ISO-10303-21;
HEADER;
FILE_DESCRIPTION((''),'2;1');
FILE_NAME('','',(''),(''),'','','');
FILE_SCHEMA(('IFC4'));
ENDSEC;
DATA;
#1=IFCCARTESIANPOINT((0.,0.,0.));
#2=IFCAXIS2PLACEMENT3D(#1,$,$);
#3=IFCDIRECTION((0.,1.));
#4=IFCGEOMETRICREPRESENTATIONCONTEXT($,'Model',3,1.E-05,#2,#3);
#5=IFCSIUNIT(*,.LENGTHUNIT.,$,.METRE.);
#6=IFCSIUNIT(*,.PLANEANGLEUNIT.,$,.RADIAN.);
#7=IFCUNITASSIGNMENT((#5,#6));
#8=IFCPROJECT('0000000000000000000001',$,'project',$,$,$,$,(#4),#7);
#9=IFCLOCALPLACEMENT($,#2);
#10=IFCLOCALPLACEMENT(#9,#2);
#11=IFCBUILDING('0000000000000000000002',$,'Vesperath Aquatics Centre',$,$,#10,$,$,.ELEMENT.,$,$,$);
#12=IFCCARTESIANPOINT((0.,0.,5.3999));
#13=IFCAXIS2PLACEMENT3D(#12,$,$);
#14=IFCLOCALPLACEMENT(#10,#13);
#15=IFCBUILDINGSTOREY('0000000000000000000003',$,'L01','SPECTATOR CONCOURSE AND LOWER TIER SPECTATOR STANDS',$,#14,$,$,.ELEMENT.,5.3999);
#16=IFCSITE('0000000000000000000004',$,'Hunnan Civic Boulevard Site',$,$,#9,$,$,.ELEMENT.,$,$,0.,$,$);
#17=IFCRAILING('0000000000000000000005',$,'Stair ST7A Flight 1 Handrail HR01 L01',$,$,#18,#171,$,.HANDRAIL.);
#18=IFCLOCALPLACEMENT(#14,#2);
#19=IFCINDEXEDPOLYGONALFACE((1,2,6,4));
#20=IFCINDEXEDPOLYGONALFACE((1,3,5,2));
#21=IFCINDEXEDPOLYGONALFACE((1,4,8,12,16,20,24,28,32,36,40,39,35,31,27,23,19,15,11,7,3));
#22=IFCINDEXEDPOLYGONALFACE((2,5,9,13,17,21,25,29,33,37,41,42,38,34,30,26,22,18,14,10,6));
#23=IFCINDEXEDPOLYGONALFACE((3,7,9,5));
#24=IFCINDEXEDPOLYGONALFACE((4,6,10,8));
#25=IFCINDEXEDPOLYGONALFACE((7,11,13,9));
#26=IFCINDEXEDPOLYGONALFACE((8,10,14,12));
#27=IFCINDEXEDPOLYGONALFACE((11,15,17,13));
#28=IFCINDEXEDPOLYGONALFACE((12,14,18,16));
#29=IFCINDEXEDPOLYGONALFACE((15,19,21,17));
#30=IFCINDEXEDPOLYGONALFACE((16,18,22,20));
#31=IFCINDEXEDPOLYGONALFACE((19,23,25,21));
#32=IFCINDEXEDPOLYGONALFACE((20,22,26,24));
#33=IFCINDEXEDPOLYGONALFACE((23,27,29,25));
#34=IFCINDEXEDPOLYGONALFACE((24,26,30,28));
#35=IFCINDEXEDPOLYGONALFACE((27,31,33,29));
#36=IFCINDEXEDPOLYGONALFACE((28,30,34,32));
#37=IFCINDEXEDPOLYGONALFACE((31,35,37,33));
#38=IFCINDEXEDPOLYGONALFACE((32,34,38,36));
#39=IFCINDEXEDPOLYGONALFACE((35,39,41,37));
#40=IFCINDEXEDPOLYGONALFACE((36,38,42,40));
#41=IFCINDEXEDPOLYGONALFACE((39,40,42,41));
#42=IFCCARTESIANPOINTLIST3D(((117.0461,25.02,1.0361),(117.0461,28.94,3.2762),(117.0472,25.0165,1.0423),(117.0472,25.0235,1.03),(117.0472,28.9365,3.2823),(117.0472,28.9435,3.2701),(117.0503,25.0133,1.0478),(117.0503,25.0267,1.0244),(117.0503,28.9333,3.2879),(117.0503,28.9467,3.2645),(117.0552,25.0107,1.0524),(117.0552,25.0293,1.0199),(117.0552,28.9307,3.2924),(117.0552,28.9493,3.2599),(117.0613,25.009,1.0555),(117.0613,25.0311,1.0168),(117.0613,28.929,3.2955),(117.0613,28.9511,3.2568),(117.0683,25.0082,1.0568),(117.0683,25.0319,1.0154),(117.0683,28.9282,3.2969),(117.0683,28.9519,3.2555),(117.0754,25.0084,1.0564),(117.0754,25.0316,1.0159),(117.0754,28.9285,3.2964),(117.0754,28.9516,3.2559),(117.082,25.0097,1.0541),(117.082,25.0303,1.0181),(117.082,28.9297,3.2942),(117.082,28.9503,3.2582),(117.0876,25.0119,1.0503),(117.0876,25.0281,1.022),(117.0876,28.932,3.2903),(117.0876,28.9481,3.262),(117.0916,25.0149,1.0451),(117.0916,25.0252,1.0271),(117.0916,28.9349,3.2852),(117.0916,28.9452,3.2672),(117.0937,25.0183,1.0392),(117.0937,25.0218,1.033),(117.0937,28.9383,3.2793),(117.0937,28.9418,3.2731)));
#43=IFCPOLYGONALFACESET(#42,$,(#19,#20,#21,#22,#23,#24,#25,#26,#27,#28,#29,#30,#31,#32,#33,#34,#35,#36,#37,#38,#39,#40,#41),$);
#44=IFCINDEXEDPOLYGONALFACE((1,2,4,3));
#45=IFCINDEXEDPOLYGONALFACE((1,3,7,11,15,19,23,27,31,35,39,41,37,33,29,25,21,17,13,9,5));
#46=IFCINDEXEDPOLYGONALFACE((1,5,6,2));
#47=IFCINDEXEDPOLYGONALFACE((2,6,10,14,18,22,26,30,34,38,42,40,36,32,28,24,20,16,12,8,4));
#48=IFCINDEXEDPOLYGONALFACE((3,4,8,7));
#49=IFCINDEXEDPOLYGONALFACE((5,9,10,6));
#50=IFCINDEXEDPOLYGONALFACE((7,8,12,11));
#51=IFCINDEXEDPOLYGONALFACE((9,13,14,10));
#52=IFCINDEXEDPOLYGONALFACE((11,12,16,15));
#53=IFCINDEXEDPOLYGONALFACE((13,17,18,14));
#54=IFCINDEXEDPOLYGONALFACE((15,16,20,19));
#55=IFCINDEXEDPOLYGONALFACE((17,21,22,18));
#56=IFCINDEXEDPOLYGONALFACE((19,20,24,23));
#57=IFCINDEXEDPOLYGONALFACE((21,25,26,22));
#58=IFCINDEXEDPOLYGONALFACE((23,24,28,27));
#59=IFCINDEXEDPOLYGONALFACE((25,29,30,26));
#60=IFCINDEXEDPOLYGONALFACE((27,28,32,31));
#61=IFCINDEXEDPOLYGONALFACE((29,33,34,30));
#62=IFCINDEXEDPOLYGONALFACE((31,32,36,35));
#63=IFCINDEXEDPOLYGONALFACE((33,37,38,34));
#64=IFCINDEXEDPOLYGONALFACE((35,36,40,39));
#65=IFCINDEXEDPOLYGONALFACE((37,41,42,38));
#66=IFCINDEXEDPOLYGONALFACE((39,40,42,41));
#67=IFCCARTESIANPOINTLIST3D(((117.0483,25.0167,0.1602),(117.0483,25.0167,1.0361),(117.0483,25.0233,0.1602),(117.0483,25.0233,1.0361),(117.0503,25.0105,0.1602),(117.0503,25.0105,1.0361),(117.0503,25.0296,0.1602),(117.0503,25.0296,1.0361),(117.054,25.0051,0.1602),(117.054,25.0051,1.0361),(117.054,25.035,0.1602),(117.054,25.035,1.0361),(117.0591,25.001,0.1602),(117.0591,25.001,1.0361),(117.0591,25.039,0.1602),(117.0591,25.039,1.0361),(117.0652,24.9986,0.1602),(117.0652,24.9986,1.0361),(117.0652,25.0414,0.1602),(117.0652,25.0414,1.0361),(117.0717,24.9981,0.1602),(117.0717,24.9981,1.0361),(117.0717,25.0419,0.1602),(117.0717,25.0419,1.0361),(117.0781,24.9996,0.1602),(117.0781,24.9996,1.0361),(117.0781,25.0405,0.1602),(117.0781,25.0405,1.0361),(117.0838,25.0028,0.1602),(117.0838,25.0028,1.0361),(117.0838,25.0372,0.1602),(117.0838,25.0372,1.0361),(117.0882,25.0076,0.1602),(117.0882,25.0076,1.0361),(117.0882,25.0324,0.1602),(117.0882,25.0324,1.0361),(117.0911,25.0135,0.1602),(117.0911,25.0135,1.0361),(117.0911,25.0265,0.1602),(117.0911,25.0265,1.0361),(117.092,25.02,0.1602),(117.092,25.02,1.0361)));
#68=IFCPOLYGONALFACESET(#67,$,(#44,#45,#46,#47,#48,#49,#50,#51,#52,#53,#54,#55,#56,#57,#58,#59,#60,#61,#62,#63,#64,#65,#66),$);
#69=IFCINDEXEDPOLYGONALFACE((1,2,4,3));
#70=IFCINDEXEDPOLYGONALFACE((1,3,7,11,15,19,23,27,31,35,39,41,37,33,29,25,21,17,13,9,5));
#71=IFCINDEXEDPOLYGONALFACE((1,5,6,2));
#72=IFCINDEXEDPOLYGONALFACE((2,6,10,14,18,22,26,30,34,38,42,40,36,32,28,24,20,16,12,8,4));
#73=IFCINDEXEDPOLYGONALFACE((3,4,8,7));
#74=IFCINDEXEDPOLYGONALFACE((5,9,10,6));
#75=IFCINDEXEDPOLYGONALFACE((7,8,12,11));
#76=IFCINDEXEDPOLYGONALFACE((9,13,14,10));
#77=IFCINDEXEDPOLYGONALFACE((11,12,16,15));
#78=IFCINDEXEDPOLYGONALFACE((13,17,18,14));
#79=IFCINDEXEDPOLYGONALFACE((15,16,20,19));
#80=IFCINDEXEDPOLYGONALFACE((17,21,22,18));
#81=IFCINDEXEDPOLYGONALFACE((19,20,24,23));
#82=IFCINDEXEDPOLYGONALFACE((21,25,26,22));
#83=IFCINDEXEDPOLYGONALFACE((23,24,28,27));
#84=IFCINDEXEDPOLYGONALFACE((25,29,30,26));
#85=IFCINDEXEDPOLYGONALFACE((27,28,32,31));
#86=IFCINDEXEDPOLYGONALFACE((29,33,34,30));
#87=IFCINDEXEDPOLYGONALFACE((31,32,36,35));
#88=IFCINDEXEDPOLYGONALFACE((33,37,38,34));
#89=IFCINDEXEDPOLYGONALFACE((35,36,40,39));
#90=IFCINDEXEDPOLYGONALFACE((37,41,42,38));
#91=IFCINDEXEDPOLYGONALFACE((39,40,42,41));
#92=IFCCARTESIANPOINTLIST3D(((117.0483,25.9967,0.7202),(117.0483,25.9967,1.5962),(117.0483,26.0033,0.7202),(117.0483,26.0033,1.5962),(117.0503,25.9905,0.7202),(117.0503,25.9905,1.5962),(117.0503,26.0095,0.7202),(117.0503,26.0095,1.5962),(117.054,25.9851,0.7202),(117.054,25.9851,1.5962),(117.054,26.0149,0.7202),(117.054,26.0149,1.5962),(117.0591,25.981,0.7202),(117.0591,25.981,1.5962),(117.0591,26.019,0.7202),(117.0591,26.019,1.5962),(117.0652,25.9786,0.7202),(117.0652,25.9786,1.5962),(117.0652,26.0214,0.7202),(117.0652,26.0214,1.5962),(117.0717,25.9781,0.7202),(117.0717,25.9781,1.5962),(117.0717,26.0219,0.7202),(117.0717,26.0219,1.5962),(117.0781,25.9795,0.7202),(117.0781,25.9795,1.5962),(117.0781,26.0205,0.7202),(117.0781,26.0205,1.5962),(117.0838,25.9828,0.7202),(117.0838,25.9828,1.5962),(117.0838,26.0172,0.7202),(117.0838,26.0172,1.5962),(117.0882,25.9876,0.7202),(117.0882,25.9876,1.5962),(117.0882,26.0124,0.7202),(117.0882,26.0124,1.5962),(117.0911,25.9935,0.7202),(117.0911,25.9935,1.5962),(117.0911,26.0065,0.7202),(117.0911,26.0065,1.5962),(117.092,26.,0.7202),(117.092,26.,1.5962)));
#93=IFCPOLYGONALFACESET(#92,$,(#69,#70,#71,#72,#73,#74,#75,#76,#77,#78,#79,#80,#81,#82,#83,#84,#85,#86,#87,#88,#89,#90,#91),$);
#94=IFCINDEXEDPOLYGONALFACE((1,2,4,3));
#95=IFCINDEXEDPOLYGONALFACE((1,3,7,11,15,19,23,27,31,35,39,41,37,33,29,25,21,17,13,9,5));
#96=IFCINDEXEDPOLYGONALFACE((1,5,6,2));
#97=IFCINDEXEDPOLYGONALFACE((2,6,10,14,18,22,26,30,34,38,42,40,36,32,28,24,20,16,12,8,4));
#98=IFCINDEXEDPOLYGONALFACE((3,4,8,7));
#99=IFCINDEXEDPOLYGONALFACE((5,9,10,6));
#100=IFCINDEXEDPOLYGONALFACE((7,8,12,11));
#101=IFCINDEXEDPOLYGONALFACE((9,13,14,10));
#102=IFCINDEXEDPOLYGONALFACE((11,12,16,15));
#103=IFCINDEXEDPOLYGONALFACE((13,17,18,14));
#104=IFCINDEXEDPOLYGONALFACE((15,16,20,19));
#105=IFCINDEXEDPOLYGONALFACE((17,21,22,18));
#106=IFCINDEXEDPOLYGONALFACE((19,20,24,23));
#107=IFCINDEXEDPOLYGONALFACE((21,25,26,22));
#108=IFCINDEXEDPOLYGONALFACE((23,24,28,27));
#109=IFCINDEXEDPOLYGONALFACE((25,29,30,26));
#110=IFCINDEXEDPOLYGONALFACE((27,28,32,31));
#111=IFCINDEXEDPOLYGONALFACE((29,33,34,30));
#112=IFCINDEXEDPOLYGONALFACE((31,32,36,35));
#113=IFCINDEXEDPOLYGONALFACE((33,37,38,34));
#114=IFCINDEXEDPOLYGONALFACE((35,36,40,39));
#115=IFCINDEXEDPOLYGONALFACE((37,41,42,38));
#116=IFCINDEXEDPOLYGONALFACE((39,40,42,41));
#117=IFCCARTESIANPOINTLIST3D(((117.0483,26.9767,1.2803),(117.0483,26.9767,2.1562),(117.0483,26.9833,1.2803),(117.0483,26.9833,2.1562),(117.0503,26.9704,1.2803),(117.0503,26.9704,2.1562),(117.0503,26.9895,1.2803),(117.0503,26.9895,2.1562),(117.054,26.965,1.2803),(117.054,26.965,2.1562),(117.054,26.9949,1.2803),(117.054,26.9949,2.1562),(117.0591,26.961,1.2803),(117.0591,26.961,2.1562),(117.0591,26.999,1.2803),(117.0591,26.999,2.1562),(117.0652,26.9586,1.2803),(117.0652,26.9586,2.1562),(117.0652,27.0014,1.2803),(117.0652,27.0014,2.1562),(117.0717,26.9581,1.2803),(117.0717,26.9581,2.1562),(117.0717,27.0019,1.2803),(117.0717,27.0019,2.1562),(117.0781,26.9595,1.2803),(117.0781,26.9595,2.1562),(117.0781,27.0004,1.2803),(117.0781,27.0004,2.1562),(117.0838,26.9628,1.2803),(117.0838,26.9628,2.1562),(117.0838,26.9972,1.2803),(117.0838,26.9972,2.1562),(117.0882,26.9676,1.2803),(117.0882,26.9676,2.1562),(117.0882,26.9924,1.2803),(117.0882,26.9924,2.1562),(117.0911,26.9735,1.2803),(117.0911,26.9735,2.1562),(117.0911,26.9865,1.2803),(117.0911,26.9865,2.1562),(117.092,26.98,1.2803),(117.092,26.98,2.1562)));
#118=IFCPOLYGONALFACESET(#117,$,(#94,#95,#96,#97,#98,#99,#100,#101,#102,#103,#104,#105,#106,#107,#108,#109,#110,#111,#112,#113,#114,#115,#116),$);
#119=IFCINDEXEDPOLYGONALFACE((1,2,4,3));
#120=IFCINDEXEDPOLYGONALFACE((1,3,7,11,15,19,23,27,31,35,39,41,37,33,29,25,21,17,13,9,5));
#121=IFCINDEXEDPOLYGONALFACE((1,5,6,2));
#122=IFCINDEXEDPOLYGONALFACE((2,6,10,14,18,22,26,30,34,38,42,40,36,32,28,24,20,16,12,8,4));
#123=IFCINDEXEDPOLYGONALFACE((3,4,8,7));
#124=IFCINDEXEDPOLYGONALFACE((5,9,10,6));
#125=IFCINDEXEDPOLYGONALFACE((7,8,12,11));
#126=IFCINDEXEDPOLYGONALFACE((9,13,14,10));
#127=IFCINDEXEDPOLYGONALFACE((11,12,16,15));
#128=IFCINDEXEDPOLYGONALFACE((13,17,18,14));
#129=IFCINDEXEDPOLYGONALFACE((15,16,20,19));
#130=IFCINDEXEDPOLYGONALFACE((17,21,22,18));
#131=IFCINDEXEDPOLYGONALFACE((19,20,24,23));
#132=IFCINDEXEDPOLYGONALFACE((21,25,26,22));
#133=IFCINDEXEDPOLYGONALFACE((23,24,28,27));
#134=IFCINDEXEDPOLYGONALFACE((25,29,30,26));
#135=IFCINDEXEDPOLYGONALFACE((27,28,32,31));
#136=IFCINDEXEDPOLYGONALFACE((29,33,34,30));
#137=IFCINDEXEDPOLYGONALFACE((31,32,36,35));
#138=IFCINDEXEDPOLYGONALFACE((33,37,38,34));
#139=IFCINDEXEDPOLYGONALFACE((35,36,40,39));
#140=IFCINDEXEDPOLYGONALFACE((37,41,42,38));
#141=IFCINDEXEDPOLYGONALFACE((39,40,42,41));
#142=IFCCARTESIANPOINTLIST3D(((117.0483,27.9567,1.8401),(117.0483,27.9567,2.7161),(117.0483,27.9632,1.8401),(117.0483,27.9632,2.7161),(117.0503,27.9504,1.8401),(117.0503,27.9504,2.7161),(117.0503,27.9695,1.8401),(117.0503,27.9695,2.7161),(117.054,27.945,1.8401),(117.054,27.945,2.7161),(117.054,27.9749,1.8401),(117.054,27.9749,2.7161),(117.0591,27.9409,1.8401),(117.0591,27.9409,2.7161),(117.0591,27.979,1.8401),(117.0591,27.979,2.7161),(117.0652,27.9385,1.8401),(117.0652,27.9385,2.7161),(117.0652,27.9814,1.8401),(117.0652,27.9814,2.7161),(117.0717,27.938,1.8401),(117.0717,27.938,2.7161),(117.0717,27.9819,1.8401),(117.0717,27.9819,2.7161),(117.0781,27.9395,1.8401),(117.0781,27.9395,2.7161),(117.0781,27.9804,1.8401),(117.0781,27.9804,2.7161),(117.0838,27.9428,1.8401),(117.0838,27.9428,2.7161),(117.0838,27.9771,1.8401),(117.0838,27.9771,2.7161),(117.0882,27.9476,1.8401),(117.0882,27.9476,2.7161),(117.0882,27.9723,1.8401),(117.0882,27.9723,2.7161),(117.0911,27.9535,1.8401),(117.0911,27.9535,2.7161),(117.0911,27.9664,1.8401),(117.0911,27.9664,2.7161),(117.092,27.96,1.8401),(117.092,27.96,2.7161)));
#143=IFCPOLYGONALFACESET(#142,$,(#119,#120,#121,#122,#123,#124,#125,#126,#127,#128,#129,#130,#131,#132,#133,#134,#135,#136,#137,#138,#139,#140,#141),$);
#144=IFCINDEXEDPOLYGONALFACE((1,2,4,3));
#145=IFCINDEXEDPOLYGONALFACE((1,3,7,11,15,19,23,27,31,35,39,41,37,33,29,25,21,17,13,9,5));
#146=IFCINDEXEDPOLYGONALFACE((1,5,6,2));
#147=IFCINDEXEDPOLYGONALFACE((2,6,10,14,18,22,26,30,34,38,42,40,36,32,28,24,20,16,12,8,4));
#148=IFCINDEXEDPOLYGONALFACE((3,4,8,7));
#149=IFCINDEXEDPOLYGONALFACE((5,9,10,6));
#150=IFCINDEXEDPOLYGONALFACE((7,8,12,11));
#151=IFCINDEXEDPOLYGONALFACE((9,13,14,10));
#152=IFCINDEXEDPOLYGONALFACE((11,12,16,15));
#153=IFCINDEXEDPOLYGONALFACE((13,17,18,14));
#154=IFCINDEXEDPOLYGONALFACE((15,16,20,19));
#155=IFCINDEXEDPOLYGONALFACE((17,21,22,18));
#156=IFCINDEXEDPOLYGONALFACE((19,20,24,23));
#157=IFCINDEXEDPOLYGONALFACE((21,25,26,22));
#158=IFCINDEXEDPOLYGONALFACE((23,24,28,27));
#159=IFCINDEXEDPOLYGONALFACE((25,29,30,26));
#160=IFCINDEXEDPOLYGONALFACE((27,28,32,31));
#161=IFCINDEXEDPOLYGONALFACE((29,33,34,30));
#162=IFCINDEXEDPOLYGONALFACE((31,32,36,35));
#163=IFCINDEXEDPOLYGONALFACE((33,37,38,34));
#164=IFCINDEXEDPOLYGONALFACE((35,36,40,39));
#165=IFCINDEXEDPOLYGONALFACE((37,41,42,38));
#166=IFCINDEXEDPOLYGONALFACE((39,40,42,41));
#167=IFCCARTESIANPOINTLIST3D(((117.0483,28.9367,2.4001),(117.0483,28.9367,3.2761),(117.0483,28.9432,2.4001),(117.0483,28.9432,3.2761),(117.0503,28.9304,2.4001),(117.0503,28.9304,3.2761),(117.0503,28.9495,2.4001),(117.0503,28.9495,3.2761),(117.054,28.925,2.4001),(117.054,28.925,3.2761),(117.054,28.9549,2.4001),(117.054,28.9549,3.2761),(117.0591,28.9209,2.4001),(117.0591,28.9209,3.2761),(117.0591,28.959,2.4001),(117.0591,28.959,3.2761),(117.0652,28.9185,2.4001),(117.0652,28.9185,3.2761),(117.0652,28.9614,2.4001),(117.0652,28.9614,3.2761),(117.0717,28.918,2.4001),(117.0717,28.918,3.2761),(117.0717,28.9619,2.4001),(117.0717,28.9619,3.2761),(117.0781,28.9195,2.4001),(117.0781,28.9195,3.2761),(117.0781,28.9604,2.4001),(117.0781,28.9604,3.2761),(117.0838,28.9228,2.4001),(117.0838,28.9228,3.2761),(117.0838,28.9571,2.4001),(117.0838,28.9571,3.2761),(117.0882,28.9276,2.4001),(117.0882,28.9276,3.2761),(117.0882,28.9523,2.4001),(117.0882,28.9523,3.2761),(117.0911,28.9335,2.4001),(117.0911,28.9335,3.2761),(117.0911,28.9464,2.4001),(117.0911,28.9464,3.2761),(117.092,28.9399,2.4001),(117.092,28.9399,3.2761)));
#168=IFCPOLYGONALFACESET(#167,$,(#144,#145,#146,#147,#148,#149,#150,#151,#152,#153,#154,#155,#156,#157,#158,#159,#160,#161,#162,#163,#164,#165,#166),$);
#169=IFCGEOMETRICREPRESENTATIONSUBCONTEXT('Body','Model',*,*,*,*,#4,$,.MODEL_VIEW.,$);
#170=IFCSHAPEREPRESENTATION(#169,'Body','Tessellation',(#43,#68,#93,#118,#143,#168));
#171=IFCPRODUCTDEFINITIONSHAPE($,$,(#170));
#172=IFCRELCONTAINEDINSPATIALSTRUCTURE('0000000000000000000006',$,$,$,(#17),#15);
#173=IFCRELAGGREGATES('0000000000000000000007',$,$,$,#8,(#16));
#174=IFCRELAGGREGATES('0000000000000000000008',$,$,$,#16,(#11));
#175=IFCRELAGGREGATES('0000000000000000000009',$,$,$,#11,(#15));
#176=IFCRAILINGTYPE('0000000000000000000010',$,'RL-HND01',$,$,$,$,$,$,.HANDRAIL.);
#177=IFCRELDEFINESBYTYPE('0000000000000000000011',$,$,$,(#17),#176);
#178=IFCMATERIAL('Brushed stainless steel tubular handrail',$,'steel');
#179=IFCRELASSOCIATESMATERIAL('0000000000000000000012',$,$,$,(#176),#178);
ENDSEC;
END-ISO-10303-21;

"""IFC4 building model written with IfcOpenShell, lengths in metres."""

from ifc_helpers import new_model, si_unit, direction, frame, origin, origin_2d, place, context, subcontext, project, spatial, circle, extrude, material, type_object, element, save


model = new_model("IFC4")

# Units and contexts
model_context = context("Model", 3, precision=1e-05, world=origin(), true_north=direction((0.0, 1.0)))
body_context = subcontext(model_context, "Body", "Model", "MODEL_VIEW")
ifc_project = project(units=[si_unit("LENGTHUNIT", "METRE"), si_unit("PLANEANGLEUNIT", "RADIAN")], contexts=[model_context])

# Site, building, storey
site_placement = place(None, origin())
site = spatial("IfcSite", under=ifc_project, at=site_placement, Name="Hunnan Civic Boulevard Site", CompositionType="ELEMENT", RefElevation=0.0)
building_placement = place(site_placement, origin())
building = spatial("IfcBuilding", under=site, at=building_placement, Name="Vesperath Aquatics Centre", CompositionType="ELEMENT")
storey_placement = place(building_placement, frame((0.0, 0.0, 5.3999)))
storey = spatial("IfcBuildingStorey", under=building, at=storey_placement, Name="L01", Description="SPECTATOR CONCOURSE AND LOWER TIER SPECTATOR STANDS", CompositionType="ELEMENT", Elevation=5.3999)

# Railing
ifc_material_1 = material(Name="Brushed stainless steel tubular handrail", Category="steel")
railing_type_1 = type_object("IfcRailingType", Name="RL-HND01", PredefinedType="HANDRAIL", material=ifc_material_1)
railing_1_placement = place(storey_placement, frame((117.0701, 25.02, 0.1602)))
element("IfcRailing", 1, at=railing_1_placement, inside=storey, type_object=railing_type_1, Name="Stair ST7A Flight 1 Handrail HR01 L01", PredefinedType="HANDRAIL", context=body_context, shape_type="SweptSolid", body=[
    extrude(circle(Radius=0.0239, at=origin_2d()), frame((0.0, 0.0, 0.876), z_axis=(0.0, 0.86824, 0.496145), x_axis=(-1.0, 0.0, 0.0)), (0.0, 0.0, 1.0), 4.5149),
    extrude(circle(Radius=0.022, at=origin_2d()), origin(), (0.0, 0.0, 1.0), 0.876),
    extrude(circle(Radius=0.022, at=origin_2d()), frame((0.0, 0.98, 0.5601)), (0.0, 0.0, 1.0), 0.876),
    extrude(circle(Radius=0.022, at=origin_2d()), frame((0.0, 1.96, 1.1201)), (0.0, 0.0, 1.0), 0.876),
    extrude(circle(Radius=0.022, at=origin_2d()), frame((0.0, 2.9399, 1.6799)), (0.0, 0.0, 1.0), 0.876),
    extrude(circle(Radius=0.022, at=origin_2d()), frame((0.0, 3.9199, 2.24)), (0.0, 0.0, 1.0), 0.876),
])

save(model, "model.ifc")
